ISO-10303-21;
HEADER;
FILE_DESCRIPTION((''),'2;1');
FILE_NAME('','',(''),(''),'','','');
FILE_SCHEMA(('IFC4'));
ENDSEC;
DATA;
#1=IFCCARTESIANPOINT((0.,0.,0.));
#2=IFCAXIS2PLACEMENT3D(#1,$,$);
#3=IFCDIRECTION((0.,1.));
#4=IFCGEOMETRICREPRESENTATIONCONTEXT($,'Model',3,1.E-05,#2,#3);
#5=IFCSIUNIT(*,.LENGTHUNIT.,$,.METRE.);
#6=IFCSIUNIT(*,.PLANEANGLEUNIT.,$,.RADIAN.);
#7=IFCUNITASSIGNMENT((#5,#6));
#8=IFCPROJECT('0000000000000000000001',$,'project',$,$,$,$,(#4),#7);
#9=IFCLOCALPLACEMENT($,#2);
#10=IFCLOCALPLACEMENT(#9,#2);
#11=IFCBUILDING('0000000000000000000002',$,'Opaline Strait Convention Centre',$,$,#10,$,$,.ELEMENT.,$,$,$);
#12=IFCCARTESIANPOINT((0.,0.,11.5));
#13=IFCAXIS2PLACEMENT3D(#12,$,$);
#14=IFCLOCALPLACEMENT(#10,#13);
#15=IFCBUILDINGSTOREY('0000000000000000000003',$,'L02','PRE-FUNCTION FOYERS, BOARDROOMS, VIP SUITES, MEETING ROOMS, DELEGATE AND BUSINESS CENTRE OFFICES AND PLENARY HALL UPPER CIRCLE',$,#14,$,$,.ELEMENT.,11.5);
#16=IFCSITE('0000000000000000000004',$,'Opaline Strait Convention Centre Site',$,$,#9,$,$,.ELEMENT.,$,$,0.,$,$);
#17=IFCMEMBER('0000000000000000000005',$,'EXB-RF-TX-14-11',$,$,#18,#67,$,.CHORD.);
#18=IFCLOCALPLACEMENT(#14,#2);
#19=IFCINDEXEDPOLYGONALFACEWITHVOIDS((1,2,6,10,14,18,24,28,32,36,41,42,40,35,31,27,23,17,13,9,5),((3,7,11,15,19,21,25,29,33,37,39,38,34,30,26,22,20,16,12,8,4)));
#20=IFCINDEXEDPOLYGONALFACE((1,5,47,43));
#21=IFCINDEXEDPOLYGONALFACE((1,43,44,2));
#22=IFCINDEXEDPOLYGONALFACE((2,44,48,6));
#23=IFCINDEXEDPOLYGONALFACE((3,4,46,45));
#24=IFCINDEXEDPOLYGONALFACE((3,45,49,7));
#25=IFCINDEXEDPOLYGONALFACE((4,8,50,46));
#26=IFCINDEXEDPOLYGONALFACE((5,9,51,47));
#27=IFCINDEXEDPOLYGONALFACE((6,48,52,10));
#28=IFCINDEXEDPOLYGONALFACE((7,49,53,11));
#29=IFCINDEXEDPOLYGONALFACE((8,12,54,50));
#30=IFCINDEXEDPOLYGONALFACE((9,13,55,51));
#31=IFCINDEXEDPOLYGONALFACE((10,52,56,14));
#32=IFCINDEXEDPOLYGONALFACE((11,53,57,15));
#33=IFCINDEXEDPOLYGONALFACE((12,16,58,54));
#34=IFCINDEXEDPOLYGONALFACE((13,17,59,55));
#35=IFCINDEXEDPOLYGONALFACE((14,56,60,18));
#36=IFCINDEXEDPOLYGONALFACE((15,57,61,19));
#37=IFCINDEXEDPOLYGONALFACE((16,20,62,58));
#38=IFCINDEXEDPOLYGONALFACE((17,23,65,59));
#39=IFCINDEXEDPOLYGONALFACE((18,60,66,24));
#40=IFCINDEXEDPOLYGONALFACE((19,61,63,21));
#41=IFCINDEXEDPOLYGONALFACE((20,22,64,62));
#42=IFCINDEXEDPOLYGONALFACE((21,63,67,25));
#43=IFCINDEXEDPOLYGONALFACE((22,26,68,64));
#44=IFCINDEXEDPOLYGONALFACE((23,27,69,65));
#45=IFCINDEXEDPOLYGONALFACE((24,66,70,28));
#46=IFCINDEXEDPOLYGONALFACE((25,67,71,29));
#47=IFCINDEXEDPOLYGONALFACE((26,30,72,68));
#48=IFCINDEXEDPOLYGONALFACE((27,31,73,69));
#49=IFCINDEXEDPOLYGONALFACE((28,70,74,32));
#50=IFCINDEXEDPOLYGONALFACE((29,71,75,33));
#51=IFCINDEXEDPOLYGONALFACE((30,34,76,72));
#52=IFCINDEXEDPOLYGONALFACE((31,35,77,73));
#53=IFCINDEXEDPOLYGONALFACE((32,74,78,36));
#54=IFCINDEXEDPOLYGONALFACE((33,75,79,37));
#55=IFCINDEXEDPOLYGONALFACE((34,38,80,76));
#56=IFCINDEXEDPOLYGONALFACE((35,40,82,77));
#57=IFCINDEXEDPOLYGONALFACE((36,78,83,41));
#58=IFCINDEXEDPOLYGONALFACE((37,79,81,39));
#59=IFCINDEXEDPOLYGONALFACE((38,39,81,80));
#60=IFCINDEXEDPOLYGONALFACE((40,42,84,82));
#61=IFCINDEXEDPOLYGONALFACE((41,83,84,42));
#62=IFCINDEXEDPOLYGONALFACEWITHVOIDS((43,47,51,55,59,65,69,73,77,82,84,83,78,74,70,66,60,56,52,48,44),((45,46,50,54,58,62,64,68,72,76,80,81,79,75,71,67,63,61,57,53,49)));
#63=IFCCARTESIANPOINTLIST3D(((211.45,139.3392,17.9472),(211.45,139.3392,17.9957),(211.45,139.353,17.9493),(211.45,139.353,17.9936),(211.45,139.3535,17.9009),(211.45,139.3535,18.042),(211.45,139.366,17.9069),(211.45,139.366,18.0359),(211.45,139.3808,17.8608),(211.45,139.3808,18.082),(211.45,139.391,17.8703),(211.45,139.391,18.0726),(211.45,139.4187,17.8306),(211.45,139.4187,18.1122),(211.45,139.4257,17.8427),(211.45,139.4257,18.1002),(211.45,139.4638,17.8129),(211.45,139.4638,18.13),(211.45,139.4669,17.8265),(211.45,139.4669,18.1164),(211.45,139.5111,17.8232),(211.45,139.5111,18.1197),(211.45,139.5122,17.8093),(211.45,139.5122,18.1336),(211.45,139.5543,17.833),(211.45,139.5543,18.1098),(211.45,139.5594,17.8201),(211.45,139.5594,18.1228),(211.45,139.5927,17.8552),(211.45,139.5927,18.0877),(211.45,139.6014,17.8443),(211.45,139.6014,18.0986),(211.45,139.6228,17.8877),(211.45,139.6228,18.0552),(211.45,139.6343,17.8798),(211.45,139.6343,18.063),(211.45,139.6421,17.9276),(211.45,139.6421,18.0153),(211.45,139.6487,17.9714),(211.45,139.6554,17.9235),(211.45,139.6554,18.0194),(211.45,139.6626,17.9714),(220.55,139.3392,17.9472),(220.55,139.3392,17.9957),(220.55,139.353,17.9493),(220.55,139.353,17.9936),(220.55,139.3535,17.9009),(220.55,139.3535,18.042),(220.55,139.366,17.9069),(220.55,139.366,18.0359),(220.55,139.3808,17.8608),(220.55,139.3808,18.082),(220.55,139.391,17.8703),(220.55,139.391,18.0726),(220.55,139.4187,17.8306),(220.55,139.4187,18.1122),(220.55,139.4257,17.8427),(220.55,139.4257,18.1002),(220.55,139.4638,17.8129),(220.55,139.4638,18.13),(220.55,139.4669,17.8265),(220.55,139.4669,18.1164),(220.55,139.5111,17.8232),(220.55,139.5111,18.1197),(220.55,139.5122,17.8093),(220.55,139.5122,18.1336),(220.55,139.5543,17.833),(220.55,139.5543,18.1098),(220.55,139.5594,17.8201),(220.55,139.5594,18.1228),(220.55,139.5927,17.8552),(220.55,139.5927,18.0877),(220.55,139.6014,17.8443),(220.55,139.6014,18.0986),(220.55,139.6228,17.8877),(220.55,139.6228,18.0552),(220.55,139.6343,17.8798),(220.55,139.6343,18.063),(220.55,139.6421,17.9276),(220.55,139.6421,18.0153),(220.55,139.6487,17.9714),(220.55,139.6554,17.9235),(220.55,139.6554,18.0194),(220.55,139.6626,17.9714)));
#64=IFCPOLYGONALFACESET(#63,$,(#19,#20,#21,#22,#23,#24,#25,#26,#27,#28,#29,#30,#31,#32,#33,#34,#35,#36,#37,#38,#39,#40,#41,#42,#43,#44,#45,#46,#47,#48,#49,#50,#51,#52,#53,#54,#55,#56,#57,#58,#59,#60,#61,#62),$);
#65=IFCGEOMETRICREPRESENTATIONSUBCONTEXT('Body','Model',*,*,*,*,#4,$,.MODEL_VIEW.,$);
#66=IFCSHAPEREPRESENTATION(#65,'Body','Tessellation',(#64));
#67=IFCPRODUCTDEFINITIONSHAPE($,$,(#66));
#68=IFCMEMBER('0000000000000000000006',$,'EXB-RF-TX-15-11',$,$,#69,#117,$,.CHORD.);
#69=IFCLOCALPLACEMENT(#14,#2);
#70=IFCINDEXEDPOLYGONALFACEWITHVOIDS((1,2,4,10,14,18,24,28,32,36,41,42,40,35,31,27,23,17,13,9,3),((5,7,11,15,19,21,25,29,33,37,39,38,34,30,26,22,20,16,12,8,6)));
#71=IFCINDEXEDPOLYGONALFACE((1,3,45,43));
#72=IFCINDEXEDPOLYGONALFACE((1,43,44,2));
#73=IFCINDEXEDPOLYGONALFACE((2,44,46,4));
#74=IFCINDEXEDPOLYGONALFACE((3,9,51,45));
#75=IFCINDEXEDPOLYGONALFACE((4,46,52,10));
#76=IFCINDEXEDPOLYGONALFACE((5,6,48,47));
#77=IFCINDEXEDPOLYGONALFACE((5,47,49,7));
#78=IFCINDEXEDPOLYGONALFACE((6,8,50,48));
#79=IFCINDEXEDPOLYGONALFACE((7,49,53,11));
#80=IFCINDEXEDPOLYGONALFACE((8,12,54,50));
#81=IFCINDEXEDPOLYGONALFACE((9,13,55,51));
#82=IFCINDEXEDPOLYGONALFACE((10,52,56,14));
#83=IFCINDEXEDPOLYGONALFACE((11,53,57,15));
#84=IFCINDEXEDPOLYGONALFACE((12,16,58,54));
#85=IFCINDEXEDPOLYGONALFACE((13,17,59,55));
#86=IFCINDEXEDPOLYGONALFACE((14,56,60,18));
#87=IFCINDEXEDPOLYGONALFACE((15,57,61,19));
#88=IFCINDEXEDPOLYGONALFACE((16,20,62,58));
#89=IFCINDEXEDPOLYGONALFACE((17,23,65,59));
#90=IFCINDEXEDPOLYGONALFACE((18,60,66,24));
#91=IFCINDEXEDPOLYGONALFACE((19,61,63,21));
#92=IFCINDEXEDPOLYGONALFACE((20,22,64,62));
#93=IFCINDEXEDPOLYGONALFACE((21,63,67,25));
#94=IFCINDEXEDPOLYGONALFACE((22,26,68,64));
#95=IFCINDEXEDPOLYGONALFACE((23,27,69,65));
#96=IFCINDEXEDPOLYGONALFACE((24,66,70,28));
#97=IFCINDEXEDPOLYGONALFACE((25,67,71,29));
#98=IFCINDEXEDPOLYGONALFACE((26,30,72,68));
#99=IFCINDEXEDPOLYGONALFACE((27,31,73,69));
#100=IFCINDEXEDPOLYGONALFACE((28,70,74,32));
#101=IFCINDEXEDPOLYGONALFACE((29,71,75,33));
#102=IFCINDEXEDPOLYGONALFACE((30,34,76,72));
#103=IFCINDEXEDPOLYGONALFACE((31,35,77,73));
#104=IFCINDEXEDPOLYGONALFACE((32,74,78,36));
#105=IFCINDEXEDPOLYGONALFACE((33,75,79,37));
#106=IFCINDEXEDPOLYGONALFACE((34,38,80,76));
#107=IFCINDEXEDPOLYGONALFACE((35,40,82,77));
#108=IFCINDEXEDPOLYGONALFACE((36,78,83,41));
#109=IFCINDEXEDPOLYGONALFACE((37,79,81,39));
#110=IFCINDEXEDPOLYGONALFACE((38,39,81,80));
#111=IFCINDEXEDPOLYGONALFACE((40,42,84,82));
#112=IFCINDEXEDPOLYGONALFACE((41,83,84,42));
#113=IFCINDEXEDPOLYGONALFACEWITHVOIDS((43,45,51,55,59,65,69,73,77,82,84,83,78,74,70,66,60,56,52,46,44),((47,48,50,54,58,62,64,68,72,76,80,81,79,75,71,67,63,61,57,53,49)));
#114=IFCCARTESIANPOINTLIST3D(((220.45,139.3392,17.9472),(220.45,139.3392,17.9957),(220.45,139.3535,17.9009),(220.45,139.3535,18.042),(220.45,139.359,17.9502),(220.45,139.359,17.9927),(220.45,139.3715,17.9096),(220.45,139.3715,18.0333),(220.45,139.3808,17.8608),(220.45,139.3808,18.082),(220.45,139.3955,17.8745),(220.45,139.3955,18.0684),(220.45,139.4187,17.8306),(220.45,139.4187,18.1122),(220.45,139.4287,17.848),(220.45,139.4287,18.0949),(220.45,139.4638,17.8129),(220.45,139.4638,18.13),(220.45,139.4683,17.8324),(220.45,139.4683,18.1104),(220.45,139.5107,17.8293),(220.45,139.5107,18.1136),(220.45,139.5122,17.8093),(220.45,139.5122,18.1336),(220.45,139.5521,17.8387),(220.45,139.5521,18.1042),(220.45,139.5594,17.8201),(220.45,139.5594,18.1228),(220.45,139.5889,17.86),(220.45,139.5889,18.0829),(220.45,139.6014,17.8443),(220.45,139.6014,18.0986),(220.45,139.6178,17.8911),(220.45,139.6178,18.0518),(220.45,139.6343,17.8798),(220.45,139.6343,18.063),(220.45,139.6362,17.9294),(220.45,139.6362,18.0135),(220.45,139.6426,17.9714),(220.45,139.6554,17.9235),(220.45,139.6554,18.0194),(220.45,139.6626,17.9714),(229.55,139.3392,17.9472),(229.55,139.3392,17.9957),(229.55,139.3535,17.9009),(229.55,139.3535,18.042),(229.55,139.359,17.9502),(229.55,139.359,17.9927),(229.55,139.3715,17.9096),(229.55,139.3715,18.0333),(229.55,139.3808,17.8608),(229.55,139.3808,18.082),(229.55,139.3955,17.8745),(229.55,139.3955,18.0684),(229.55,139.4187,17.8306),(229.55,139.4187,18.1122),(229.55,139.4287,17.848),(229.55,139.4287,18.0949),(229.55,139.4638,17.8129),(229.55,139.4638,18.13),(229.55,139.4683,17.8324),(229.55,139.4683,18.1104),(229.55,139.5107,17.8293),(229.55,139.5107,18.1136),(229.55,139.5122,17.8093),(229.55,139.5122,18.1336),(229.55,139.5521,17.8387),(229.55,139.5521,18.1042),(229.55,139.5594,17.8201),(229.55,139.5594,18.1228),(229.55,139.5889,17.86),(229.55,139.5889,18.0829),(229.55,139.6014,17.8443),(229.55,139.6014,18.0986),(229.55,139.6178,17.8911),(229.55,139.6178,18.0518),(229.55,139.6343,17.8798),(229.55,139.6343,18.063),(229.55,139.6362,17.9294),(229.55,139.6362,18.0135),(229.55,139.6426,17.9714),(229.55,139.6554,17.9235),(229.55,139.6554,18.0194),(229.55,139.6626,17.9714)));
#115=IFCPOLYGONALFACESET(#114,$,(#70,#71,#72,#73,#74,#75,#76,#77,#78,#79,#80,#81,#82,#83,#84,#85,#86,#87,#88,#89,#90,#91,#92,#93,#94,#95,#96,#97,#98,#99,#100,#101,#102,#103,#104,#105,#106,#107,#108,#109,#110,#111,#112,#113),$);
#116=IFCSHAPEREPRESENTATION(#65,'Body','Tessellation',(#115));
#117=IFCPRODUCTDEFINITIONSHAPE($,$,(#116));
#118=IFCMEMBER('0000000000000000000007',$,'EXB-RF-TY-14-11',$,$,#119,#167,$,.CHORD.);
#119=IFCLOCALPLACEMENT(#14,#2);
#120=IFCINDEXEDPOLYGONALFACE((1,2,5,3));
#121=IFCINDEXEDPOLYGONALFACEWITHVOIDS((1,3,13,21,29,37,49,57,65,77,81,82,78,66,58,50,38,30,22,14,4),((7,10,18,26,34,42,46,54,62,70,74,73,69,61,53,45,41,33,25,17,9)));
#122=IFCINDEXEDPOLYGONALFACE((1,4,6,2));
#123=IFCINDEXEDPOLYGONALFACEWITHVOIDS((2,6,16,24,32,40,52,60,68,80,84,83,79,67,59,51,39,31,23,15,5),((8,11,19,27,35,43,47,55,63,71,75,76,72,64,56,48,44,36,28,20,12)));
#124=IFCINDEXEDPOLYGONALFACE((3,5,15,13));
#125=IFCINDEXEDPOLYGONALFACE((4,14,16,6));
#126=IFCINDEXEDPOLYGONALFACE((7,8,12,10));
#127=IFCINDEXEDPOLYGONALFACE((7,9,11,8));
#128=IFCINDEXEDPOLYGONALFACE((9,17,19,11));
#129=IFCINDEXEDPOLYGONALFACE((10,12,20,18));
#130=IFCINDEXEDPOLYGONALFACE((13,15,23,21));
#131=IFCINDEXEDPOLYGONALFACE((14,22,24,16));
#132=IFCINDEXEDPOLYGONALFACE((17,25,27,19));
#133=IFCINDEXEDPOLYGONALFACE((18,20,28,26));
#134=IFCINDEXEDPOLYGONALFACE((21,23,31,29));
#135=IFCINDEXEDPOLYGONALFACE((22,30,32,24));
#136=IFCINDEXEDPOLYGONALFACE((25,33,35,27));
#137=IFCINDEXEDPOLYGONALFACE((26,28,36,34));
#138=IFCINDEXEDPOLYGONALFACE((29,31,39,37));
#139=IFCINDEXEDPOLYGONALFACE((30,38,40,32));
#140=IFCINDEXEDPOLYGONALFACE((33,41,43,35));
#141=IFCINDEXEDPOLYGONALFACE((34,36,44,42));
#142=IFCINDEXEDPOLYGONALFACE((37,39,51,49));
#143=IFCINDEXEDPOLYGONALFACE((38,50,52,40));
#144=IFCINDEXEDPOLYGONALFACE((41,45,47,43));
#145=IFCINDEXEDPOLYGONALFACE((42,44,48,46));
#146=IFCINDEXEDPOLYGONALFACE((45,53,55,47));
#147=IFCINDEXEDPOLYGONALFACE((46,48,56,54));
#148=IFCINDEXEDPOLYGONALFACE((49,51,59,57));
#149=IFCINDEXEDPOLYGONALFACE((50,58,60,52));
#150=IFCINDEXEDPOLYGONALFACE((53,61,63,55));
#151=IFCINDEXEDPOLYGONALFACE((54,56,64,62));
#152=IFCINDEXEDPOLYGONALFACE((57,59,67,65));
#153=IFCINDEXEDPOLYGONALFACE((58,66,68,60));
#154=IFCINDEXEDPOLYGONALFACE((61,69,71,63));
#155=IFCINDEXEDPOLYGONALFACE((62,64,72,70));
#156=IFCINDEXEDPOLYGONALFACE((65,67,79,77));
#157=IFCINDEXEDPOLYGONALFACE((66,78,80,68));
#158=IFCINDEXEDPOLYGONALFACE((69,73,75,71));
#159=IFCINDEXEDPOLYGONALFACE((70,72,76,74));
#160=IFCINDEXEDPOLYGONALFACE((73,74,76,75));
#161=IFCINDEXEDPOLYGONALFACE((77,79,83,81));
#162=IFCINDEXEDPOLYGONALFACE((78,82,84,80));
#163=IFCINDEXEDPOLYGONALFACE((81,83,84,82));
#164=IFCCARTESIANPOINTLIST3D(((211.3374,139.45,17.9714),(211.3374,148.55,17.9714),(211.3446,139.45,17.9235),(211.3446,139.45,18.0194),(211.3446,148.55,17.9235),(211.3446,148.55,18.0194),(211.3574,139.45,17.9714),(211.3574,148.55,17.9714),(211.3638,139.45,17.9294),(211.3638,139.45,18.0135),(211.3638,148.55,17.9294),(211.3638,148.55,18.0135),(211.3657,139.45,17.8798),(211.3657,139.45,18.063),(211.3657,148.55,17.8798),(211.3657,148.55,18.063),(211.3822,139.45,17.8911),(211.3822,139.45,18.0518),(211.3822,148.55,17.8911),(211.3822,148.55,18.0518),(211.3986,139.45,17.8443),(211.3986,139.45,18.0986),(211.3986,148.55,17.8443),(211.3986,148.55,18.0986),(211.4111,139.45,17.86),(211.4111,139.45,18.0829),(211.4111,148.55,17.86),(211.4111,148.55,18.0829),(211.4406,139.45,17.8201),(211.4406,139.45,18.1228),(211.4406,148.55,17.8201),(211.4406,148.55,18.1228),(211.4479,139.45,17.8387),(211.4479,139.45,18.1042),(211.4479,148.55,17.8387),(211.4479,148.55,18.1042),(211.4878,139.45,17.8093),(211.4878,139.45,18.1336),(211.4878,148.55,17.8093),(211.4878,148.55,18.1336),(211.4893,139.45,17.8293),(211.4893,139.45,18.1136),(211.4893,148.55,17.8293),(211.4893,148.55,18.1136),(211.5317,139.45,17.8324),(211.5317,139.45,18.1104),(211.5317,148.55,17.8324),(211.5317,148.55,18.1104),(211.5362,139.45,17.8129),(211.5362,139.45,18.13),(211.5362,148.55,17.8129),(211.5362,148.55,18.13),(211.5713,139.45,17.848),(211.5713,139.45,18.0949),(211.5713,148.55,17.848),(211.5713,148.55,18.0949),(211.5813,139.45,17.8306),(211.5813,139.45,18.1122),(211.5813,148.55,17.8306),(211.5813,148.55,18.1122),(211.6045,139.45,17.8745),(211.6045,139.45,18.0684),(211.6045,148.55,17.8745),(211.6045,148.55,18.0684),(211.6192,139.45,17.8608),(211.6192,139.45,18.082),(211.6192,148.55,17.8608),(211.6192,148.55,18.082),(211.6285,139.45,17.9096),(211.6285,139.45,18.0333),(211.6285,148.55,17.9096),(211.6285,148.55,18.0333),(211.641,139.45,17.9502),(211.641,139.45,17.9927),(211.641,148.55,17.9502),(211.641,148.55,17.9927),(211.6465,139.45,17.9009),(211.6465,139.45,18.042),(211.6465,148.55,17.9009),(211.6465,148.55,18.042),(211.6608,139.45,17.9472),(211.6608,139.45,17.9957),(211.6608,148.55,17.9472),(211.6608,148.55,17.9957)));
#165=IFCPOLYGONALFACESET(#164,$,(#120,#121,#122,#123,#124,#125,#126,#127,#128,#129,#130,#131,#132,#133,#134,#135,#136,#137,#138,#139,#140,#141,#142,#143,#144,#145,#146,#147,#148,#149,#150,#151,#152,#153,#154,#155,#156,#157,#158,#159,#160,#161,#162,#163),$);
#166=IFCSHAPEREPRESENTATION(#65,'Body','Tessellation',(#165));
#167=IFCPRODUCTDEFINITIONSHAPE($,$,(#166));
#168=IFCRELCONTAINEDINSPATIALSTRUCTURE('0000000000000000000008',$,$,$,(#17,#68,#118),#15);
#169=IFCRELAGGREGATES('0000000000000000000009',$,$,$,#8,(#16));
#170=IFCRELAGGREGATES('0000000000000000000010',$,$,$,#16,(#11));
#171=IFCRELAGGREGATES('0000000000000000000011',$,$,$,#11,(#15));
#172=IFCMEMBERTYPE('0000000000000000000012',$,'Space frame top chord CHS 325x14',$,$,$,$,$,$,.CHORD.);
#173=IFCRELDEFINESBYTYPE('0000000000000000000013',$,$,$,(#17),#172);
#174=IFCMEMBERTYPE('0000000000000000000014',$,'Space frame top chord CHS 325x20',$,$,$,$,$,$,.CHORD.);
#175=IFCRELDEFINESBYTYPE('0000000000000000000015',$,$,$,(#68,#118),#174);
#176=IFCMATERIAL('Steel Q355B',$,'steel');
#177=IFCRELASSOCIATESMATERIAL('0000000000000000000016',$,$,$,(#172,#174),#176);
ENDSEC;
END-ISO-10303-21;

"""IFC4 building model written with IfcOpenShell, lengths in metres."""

from ifc_helpers import new_model, si_unit, direction, frame, origin, origin_2d, place, context, subcontext, project, spatial, hollow_circle, extrude, material, material_profile, profile_set, type_object, element, save


model = new_model("IFC4")

# Units and contexts
model_context = context("Model", 3, precision=1e-05, world=origin(), true_north=direction((0.0, 1.0)))
body_context = subcontext(model_context, "Body", "Model", "MODEL_VIEW")
ifc_project = project(units=[si_unit("LENGTHUNIT", "METRE"), si_unit("PLANEANGLEUNIT", "RADIAN")], contexts=[model_context])

# Site, building, storey
site_placement = place(None, origin())
site = spatial("IfcSite", under=ifc_project, at=site_placement, Name="Opaline Strait Convention Centre Site", CompositionType="ELEMENT", RefElevation=0.0)
building_placement = place(site_placement, origin())
building = spatial("IfcBuilding", under=site, at=building_placement, Name="Opaline Strait Convention Centre", CompositionType="ELEMENT")
storey_placement = place(building_placement, frame((0.0, 0.0, 11.5)))
storey = spatial("IfcBuildingStorey", under=building, at=storey_placement, Name="L02", Description="PRE-FUNCTION FOYERS, BOARDROOMS, VIP SUITES, MEETING ROOMS, DELEGATE AND BUSINESS CENTRE OFFICES AND PLENARY HALL UPPER CIRCLE", CompositionType="ELEMENT", Elevation=11.5)

# Members
ifc_material_1 = material(Name="Steel Q355B", Category="steel")
ifc_material_profile_1 = material_profile(ifc_material_1, hollow_circle(Radius=0.1626, WallThickness=0.0139, at=origin_2d()), Name="CHS 325x14")
ifc_profile_set_1 = profile_set([ifc_material_profile_1], Name="Steel Q355B")
member_type_1 = type_object("IfcMemberType", Name="Space frame top chord CHS 325x14", PredefinedType="CHORD", material=ifc_profile_set_1)
member_placement = place(storey_placement, frame((211.45, 139.5, 17.9714), z_axis=(1.0, 0.0, 0.0), x_axis=(0.0, 1.0, 0.0)))
element("IfcMember", 1, at=member_placement, inside=storey, type_object=member_type_1, Name="EXB-RF-TX-14-11", PredefinedType="CHORD", context=body_context, shape_type="SweptSolid", body=[
    extrude(hollow_circle(Radius=0.1626, WallThickness=0.0139, at=origin_2d()), origin(), (0.0, 0.0, 1.0), 9.1001),
])
ifc_material_profile_2 = material_profile(ifc_material_1, hollow_circle(Radius=0.1626, WallThickness=0.02, at=origin_2d()), Name="CHS 325x20")
ifc_profile_set_2 = profile_set([ifc_material_profile_2], Name="Steel Q355B")
member_type_2 = type_object("IfcMemberType", Name="Space frame top chord CHS 325x20", PredefinedType="CHORD", material=ifc_profile_set_2)
for number, where, z_axis, x_axis, name in (
    (2, (220.45, 139.5, 17.9714), (1.0, 0.0, 0.0), (0.0, 1.0, 0.0), "EXB-RF-TX-15-11"),
    (3, (211.5, 139.45, 17.9714), (0.0, 1.0, 0.0), (-1.0, 0.0, 0.0), "EXB-RF-TY-14-11"),
):
    element("IfcMember", number, at=place(storey_placement, frame(where, z_axis=z_axis, x_axis=x_axis)), inside=storey, type_object=member_type_2, Name=name, PredefinedType="CHORD", context=body_context, shape_type="SweptSolid", body=[
        extrude(hollow_circle(Radius=0.1626, WallThickness=0.02, at=origin_2d()), origin(), (0.0, 0.0, 1.0), 9.1001),
    ])

save(model, "model.ifc")
